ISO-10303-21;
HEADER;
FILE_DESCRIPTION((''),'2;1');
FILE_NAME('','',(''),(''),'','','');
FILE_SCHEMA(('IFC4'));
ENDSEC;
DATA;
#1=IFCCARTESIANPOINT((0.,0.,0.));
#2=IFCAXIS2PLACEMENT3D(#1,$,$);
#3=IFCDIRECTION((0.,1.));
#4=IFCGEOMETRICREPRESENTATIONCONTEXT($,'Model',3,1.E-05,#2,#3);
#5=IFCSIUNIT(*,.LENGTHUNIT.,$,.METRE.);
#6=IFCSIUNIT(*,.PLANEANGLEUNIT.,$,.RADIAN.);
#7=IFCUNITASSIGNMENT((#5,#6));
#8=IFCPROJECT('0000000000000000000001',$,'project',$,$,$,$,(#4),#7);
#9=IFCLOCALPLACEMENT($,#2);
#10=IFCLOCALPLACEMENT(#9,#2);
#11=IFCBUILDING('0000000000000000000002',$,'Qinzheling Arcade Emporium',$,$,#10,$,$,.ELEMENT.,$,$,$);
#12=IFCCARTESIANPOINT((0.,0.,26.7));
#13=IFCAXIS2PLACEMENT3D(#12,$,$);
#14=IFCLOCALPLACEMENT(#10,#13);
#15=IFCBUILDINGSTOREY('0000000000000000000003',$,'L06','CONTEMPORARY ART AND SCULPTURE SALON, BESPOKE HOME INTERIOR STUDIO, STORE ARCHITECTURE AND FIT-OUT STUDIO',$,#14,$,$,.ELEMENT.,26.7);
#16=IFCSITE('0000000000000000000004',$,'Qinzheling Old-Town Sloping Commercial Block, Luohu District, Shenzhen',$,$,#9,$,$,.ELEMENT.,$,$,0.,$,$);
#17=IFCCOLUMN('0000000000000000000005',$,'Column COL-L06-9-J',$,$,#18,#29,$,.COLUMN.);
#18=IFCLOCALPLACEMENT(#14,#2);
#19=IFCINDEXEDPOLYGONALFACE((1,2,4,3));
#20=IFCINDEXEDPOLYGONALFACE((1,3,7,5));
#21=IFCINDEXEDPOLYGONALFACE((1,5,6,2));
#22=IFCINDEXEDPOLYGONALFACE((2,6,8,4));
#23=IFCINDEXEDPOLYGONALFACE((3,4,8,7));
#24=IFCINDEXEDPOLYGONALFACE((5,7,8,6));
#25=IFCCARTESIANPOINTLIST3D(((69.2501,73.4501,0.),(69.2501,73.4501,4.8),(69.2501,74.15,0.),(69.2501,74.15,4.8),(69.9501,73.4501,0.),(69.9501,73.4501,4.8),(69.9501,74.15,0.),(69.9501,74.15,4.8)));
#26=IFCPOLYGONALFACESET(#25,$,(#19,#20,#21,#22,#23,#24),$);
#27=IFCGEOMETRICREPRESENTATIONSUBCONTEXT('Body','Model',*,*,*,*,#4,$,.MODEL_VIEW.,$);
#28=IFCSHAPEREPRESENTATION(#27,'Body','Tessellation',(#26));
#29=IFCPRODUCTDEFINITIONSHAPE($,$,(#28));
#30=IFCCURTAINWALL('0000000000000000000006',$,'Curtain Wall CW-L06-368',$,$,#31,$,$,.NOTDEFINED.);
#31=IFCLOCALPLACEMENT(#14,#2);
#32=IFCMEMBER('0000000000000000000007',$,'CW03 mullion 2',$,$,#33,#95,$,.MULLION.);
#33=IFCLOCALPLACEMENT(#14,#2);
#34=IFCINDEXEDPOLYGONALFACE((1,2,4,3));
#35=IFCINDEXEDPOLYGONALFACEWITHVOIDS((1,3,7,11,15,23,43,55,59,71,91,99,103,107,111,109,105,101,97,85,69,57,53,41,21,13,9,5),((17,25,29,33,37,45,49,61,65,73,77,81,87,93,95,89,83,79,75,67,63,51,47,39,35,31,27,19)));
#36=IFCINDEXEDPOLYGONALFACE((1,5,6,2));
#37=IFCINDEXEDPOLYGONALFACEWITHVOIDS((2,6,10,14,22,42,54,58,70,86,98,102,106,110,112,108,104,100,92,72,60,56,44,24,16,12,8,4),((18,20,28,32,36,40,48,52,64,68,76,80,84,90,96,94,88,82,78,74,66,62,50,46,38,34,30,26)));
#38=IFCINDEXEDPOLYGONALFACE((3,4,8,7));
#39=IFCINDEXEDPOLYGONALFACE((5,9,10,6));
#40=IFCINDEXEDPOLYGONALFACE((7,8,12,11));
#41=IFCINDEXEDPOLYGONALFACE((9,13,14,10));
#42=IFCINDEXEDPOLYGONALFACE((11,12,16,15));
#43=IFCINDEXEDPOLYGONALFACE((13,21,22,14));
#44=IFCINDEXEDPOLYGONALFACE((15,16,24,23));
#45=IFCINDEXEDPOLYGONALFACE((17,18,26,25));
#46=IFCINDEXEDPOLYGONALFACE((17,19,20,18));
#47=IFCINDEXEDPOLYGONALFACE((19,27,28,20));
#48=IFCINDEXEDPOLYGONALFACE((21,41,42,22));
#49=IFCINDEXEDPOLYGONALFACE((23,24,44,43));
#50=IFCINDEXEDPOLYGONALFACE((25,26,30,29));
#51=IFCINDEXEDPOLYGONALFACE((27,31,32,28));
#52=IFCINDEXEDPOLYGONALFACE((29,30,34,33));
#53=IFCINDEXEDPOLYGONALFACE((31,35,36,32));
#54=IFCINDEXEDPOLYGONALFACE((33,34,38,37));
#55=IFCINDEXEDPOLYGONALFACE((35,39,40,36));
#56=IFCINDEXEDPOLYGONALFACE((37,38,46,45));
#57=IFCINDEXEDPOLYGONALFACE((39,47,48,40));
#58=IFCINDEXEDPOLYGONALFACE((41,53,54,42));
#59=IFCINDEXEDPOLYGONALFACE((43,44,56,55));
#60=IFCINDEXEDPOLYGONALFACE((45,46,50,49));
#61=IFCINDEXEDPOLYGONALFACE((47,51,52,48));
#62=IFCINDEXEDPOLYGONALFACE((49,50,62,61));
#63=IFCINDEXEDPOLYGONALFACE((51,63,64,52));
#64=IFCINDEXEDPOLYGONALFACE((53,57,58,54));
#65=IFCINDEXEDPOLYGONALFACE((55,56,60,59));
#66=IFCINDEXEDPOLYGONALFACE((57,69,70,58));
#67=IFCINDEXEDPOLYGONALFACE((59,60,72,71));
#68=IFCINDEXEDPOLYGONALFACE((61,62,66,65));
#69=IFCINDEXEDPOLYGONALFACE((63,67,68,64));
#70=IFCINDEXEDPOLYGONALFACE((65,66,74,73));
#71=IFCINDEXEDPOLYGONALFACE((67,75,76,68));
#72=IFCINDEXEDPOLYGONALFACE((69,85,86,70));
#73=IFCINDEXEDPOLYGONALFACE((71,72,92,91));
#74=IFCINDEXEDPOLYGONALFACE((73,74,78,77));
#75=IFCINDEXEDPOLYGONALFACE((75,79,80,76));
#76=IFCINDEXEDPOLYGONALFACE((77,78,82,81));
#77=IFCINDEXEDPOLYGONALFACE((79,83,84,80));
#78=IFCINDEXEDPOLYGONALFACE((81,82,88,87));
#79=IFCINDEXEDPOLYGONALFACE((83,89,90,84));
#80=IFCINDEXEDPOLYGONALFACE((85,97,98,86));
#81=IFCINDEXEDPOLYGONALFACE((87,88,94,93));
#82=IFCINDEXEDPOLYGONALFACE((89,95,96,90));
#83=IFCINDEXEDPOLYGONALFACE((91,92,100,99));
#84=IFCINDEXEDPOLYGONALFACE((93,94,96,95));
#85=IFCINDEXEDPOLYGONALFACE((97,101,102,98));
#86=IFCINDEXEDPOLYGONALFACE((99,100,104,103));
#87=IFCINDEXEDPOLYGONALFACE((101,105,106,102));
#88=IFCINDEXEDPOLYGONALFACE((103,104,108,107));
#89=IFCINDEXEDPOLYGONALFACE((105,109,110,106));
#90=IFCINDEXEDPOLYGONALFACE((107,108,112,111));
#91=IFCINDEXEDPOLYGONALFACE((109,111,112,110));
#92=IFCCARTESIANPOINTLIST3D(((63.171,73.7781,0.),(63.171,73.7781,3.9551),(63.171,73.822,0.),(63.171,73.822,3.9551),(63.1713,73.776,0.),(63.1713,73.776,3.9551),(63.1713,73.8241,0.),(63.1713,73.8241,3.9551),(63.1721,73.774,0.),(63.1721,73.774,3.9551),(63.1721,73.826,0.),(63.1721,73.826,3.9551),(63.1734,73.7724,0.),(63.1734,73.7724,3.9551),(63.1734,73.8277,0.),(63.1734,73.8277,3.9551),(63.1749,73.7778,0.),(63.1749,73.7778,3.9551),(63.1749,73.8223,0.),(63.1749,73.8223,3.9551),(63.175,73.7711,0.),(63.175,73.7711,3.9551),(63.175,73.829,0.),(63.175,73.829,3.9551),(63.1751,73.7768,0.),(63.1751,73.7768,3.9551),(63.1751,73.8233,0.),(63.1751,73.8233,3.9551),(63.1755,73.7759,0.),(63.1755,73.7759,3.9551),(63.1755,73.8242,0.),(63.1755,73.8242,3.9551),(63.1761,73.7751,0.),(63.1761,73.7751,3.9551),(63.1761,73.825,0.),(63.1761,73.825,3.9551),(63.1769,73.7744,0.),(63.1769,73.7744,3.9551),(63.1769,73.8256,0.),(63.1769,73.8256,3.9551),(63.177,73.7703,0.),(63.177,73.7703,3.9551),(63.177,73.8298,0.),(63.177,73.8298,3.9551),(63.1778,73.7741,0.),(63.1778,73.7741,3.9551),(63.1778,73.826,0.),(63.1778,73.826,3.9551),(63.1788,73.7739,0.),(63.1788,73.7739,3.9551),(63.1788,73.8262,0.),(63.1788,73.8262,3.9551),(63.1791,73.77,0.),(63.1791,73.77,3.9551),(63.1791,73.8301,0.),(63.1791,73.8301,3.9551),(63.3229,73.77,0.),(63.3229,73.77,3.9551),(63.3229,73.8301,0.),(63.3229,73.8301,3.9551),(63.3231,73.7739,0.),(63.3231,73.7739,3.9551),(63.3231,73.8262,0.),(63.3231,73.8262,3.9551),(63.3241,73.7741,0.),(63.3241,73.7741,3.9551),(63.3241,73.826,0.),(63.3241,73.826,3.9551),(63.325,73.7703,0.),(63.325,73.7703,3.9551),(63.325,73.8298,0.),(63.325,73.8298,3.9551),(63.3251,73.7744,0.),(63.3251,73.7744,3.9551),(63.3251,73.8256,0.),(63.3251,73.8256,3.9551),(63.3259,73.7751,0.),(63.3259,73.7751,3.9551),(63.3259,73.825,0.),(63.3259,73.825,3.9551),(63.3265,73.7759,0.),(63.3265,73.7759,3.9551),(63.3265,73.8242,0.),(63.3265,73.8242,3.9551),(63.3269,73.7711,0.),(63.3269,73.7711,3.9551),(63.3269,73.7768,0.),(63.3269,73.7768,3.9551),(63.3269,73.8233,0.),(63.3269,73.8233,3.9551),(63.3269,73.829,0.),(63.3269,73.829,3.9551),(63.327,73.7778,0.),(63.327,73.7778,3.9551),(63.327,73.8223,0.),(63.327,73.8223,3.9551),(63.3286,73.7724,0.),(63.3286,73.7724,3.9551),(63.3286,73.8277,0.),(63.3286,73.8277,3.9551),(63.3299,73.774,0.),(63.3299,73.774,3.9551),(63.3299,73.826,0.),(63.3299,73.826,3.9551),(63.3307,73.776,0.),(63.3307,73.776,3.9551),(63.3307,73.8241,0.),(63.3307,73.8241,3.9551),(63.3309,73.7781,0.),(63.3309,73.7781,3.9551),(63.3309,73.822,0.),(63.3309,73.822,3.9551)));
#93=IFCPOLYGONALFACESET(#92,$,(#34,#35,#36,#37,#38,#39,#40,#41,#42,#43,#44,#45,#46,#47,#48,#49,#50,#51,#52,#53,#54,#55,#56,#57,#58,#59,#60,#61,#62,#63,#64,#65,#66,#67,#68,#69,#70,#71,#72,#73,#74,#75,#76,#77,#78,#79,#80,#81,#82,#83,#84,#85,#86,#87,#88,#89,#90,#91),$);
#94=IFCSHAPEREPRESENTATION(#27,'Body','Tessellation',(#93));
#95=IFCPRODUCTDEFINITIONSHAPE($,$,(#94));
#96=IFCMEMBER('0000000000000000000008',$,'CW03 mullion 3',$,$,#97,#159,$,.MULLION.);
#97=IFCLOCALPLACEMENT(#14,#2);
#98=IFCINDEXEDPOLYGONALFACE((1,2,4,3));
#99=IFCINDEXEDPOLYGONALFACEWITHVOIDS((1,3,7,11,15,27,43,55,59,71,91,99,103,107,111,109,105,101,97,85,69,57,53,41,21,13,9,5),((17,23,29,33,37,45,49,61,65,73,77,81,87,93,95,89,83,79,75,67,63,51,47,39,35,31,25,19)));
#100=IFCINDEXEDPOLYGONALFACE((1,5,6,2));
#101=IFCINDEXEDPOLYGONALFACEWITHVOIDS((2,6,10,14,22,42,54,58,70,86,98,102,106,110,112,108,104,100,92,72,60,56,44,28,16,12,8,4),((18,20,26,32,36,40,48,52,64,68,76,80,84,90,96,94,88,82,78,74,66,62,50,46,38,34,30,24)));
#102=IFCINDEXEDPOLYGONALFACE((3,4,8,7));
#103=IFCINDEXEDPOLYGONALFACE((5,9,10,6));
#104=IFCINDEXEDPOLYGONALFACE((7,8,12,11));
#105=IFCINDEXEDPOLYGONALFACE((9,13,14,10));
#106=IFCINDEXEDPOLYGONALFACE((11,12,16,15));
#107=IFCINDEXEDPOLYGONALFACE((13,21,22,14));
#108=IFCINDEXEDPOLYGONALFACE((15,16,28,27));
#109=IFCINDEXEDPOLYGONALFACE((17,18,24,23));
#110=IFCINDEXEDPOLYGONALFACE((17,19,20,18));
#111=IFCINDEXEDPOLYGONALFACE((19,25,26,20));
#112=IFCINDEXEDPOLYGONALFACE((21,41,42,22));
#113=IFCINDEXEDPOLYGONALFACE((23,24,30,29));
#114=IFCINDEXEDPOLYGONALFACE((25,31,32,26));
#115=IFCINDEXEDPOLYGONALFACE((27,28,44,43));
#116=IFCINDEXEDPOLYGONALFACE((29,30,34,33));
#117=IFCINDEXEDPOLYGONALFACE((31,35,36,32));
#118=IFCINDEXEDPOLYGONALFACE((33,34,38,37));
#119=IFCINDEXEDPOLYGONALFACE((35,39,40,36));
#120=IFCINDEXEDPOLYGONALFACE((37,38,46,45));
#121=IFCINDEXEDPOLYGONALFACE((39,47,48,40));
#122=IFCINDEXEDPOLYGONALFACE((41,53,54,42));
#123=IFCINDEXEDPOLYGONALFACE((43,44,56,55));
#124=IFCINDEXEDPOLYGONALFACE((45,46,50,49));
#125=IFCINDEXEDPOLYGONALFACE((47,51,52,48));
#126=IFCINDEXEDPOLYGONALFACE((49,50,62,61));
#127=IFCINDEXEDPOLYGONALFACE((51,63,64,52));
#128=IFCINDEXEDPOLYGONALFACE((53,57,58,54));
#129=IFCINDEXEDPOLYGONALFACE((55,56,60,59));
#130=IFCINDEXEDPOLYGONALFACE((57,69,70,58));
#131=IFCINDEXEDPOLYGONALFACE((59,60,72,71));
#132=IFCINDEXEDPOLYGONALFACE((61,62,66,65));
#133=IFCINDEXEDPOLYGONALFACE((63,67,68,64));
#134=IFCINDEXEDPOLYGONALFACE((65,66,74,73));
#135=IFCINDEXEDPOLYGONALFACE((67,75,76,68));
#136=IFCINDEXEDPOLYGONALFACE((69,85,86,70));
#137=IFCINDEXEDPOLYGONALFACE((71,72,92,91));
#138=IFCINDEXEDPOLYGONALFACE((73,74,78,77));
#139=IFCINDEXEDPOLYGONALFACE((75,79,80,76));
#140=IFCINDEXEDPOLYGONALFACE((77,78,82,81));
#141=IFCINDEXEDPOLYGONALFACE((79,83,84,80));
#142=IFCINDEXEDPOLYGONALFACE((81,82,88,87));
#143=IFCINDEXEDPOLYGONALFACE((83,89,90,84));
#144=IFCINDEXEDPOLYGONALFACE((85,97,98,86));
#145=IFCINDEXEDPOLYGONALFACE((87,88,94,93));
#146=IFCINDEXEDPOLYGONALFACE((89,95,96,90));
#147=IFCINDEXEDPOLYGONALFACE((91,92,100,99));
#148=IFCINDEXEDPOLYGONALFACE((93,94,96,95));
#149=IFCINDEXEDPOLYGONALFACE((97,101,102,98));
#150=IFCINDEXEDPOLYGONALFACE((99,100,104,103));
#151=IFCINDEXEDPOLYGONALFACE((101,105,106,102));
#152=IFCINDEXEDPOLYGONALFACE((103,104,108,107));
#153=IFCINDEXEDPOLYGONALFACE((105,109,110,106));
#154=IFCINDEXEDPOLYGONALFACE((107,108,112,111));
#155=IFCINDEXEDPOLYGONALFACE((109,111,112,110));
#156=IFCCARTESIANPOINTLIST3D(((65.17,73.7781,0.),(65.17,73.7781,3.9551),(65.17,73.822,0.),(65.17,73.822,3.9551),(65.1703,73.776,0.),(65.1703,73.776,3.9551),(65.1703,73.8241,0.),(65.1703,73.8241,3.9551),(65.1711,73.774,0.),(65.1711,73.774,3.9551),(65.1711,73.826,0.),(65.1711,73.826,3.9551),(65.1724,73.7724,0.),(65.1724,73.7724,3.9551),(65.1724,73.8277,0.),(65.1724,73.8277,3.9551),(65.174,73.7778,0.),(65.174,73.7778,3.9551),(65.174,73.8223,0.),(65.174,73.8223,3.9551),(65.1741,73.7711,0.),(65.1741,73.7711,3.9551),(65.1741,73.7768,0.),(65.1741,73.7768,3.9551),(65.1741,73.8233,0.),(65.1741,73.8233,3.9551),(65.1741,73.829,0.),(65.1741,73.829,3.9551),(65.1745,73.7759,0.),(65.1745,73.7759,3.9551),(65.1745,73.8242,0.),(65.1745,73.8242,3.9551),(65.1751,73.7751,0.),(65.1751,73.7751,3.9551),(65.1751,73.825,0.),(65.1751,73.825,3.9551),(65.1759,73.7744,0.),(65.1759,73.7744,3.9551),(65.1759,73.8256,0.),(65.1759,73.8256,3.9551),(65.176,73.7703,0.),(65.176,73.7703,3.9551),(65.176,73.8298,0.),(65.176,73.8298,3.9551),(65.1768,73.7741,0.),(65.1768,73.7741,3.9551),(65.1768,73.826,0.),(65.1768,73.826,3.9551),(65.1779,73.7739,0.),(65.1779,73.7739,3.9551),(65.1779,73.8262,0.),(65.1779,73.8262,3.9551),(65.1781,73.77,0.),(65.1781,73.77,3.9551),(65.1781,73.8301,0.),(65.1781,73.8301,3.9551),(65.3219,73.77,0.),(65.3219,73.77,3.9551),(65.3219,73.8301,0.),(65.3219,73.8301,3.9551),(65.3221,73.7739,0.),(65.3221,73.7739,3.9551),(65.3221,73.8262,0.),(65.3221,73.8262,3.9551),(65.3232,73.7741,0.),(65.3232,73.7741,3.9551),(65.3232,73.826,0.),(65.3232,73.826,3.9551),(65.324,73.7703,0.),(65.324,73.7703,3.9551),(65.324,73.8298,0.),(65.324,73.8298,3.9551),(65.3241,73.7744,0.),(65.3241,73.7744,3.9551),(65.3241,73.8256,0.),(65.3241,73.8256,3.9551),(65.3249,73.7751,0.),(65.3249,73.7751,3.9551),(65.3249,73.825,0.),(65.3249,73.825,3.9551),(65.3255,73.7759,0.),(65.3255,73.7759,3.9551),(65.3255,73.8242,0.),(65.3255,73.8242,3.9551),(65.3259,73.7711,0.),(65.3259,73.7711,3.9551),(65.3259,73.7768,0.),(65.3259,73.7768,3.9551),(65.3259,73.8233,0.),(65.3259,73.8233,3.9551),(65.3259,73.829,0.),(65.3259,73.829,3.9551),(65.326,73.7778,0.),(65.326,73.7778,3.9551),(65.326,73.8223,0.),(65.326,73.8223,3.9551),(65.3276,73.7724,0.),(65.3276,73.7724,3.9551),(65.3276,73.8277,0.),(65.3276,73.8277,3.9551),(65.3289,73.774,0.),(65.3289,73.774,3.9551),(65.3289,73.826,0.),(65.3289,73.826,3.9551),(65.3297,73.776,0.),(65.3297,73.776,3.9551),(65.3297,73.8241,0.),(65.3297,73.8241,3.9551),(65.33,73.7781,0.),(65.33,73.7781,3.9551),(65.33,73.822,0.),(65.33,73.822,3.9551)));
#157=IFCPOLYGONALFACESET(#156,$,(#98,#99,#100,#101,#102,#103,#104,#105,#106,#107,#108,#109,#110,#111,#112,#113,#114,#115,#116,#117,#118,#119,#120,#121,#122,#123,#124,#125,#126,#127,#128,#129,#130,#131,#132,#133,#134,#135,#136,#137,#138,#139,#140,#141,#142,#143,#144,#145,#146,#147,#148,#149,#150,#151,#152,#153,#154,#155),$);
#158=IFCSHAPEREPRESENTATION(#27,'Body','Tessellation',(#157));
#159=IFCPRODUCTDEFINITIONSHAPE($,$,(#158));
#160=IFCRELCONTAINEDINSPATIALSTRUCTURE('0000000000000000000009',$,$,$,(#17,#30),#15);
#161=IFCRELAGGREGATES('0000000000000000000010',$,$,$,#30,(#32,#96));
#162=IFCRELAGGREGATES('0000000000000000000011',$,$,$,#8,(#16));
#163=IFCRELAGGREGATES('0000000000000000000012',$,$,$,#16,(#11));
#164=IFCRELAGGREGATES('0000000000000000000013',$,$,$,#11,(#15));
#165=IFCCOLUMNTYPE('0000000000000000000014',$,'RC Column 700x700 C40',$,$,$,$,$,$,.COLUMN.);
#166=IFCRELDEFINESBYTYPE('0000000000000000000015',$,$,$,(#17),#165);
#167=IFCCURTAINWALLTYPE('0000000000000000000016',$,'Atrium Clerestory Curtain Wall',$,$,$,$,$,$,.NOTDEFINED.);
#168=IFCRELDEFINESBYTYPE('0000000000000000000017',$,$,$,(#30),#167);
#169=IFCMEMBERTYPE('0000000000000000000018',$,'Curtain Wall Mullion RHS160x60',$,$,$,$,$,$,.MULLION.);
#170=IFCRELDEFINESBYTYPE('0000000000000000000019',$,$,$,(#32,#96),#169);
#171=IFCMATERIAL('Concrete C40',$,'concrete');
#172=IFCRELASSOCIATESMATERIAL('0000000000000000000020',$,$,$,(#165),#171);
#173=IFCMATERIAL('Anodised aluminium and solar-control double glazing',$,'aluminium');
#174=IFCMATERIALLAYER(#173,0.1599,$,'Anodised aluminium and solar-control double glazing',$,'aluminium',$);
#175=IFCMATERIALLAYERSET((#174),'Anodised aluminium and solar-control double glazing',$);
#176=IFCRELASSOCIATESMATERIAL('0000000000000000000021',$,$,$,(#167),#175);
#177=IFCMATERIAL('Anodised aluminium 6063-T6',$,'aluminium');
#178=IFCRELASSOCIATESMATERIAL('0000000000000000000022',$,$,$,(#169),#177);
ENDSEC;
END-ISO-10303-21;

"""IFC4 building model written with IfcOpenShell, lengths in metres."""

from ifc_helpers import new_model, si_unit, direction, frame, origin, origin_2d, place, context, subcontext, project, spatial, rectangle, hollow_rectangle, extrude, material, layer, layer_set, material_profile, profile_set, type_object, element, aggregate, save


model = new_model("IFC4")

# Units and contexts
model_context = context("Model", 3, precision=1e-05, world=origin(), true_north=direction((0.0, 1.0)))
body_context = subcontext(model_context, "Body", "Model", "MODEL_VIEW")
ifc_project = project(units=[si_unit("LENGTHUNIT", "METRE"), si_unit("PLANEANGLEUNIT", "RADIAN")], contexts=[model_context])

# Site, building, storey
site_placement = place(None, origin())
site = spatial("IfcSite", under=ifc_project, at=site_placement, Name="Qinzheling Old-Town Sloping Commercial Block, Luohu District, Shenzhen", CompositionType="ELEMENT", RefElevation=0.0)
building_placement = place(site_placement, origin())
building = spatial("IfcBuilding", under=site, at=building_placement, Name="Qinzheling Arcade Emporium", CompositionType="ELEMENT")
storey_placement = place(building_placement, frame((0.0, 0.0, 26.7)))
storey = spatial("IfcBuildingStorey", under=building, at=storey_placement, Name="L06", Description="CONTEMPORARY ART AND SCULPTURE SALON, BESPOKE HOME INTERIOR STUDIO, STORE ARCHITECTURE AND FIT-OUT STUDIO", CompositionType="ELEMENT", Elevation=26.7)

# Column
ifc_material_1 = material(Name="Concrete C40", Category="concrete")
ifc_material_profile_1 = material_profile(ifc_material_1, rectangle(XDim=0.7, YDim=0.7, at=origin_2d()), Name="RC 700x700", Category="concrete")
ifc_profile_set_1 = profile_set([ifc_material_profile_1], Name="Concrete C40")
column_type = type_object("IfcColumnType", Name="RC Column 700x700 C40", PredefinedType="COLUMN", material=ifc_profile_set_1)
column_placement = place(storey_placement, frame((69.6001, 73.8, 0.0), z_axis=(0.0, 0.0, 1.0), x_axis=(1.0, 0.0, 0.0)))
element("IfcColumn", 1, at=column_placement, inside=storey, type_object=column_type, Name="Column COL-L06-9-J", PredefinedType="COLUMN", context=body_context, shape_type="SweptSolid", body=[
    extrude(rectangle(XDim=0.7, YDim=0.7, at=origin_2d()), origin(), (0.0, 0.0, 1.0), 4.8),
])

# Curtain wall, members
ifc_material_2 = material(Name="Anodised aluminium and solar-control double glazing", Category="aluminium")
ifc_layer_1 = layer(ifc_material_2, 0.1599, Name="Anodised aluminium and solar-control double glazing", Category="aluminium")
ifc_layer_set_1 = layer_set([ifc_layer_1], Name="Anodised aluminium and solar-control double glazing")
curtain_wall_type = type_object("IfcCurtainWallType", Name="Atrium Clerestory Curtain Wall", PredefinedType="NOTDEFINED", material=ifc_layer_set_1)
curtain_wall_placement = place(storey_placement, origin())
curtain_wall = element("IfcCurtainWall", 2, at=curtain_wall_placement, inside=storey, type_object=curtain_wall_type, Name="Curtain Wall CW-L06-368", PredefinedType="NOTDEFINED")
ifc_material_3 = material(Name="Anodised aluminium 6063-T6", Category="aluminium")
ifc_material_profile_2 = material_profile(ifc_material_3, hollow_rectangle(XDim=0.0601, YDim=0.1599, WallThickness=0.0039, InnerFilletRadius=0.0039, OuterFilletRadius=0.0081, at=origin_2d()), Name="RHS 160x60x4", Category="aluminium")
ifc_profile_set_2 = profile_set([ifc_material_profile_2], Name="Anodised aluminium 6063-T6")
member_type_1 = type_object("IfcMemberType", Name="Curtain Wall Mullion RHS160x60", PredefinedType="MULLION", material=ifc_profile_set_2)
member_1_placement = place(storey_placement, frame((63.251, 73.8, 0.0), z_axis=(0.0, 0.0, 1.0), x_axis=(0.0, 1.0, 0.0)))
member_1 = element("IfcMember", 3, at=member_1_placement, type_object=member_type_1, Name="CW03 mullion 2", PredefinedType="MULLION", context=body_context, shape_type="SweptSolid", body=[
    extrude(hollow_rectangle(XDim=0.0601, YDim=0.1599, WallThickness=0.0039, InnerFilletRadius=0.0039, OuterFilletRadius=0.0081, at=origin_2d()), origin(), (0.0, 0.0, 1.0), 3.9551),
])
member_2_placement = place(storey_placement, frame((65.25, 73.8, 0.0), z_axis=(0.0, 0.0, 1.0), x_axis=(0.0, 1.0, 0.0)))
member_2 = element("IfcMember", 4, at=member_2_placement, type_object=member_type_1, Name="CW03 mullion 3", PredefinedType="MULLION", context=body_context, shape_type="SweptSolid", body=[
    extrude(hollow_rectangle(XDim=0.0601, YDim=0.1599, WallThickness=0.0039, InnerFilletRadius=0.0039, OuterFilletRadius=0.0081, at=origin_2d()), origin(), (0.0, 0.0, 1.0), 3.9551),
])
aggregate(curtain_wall, [member_1, member_2])

save(model, "model.ifc")
